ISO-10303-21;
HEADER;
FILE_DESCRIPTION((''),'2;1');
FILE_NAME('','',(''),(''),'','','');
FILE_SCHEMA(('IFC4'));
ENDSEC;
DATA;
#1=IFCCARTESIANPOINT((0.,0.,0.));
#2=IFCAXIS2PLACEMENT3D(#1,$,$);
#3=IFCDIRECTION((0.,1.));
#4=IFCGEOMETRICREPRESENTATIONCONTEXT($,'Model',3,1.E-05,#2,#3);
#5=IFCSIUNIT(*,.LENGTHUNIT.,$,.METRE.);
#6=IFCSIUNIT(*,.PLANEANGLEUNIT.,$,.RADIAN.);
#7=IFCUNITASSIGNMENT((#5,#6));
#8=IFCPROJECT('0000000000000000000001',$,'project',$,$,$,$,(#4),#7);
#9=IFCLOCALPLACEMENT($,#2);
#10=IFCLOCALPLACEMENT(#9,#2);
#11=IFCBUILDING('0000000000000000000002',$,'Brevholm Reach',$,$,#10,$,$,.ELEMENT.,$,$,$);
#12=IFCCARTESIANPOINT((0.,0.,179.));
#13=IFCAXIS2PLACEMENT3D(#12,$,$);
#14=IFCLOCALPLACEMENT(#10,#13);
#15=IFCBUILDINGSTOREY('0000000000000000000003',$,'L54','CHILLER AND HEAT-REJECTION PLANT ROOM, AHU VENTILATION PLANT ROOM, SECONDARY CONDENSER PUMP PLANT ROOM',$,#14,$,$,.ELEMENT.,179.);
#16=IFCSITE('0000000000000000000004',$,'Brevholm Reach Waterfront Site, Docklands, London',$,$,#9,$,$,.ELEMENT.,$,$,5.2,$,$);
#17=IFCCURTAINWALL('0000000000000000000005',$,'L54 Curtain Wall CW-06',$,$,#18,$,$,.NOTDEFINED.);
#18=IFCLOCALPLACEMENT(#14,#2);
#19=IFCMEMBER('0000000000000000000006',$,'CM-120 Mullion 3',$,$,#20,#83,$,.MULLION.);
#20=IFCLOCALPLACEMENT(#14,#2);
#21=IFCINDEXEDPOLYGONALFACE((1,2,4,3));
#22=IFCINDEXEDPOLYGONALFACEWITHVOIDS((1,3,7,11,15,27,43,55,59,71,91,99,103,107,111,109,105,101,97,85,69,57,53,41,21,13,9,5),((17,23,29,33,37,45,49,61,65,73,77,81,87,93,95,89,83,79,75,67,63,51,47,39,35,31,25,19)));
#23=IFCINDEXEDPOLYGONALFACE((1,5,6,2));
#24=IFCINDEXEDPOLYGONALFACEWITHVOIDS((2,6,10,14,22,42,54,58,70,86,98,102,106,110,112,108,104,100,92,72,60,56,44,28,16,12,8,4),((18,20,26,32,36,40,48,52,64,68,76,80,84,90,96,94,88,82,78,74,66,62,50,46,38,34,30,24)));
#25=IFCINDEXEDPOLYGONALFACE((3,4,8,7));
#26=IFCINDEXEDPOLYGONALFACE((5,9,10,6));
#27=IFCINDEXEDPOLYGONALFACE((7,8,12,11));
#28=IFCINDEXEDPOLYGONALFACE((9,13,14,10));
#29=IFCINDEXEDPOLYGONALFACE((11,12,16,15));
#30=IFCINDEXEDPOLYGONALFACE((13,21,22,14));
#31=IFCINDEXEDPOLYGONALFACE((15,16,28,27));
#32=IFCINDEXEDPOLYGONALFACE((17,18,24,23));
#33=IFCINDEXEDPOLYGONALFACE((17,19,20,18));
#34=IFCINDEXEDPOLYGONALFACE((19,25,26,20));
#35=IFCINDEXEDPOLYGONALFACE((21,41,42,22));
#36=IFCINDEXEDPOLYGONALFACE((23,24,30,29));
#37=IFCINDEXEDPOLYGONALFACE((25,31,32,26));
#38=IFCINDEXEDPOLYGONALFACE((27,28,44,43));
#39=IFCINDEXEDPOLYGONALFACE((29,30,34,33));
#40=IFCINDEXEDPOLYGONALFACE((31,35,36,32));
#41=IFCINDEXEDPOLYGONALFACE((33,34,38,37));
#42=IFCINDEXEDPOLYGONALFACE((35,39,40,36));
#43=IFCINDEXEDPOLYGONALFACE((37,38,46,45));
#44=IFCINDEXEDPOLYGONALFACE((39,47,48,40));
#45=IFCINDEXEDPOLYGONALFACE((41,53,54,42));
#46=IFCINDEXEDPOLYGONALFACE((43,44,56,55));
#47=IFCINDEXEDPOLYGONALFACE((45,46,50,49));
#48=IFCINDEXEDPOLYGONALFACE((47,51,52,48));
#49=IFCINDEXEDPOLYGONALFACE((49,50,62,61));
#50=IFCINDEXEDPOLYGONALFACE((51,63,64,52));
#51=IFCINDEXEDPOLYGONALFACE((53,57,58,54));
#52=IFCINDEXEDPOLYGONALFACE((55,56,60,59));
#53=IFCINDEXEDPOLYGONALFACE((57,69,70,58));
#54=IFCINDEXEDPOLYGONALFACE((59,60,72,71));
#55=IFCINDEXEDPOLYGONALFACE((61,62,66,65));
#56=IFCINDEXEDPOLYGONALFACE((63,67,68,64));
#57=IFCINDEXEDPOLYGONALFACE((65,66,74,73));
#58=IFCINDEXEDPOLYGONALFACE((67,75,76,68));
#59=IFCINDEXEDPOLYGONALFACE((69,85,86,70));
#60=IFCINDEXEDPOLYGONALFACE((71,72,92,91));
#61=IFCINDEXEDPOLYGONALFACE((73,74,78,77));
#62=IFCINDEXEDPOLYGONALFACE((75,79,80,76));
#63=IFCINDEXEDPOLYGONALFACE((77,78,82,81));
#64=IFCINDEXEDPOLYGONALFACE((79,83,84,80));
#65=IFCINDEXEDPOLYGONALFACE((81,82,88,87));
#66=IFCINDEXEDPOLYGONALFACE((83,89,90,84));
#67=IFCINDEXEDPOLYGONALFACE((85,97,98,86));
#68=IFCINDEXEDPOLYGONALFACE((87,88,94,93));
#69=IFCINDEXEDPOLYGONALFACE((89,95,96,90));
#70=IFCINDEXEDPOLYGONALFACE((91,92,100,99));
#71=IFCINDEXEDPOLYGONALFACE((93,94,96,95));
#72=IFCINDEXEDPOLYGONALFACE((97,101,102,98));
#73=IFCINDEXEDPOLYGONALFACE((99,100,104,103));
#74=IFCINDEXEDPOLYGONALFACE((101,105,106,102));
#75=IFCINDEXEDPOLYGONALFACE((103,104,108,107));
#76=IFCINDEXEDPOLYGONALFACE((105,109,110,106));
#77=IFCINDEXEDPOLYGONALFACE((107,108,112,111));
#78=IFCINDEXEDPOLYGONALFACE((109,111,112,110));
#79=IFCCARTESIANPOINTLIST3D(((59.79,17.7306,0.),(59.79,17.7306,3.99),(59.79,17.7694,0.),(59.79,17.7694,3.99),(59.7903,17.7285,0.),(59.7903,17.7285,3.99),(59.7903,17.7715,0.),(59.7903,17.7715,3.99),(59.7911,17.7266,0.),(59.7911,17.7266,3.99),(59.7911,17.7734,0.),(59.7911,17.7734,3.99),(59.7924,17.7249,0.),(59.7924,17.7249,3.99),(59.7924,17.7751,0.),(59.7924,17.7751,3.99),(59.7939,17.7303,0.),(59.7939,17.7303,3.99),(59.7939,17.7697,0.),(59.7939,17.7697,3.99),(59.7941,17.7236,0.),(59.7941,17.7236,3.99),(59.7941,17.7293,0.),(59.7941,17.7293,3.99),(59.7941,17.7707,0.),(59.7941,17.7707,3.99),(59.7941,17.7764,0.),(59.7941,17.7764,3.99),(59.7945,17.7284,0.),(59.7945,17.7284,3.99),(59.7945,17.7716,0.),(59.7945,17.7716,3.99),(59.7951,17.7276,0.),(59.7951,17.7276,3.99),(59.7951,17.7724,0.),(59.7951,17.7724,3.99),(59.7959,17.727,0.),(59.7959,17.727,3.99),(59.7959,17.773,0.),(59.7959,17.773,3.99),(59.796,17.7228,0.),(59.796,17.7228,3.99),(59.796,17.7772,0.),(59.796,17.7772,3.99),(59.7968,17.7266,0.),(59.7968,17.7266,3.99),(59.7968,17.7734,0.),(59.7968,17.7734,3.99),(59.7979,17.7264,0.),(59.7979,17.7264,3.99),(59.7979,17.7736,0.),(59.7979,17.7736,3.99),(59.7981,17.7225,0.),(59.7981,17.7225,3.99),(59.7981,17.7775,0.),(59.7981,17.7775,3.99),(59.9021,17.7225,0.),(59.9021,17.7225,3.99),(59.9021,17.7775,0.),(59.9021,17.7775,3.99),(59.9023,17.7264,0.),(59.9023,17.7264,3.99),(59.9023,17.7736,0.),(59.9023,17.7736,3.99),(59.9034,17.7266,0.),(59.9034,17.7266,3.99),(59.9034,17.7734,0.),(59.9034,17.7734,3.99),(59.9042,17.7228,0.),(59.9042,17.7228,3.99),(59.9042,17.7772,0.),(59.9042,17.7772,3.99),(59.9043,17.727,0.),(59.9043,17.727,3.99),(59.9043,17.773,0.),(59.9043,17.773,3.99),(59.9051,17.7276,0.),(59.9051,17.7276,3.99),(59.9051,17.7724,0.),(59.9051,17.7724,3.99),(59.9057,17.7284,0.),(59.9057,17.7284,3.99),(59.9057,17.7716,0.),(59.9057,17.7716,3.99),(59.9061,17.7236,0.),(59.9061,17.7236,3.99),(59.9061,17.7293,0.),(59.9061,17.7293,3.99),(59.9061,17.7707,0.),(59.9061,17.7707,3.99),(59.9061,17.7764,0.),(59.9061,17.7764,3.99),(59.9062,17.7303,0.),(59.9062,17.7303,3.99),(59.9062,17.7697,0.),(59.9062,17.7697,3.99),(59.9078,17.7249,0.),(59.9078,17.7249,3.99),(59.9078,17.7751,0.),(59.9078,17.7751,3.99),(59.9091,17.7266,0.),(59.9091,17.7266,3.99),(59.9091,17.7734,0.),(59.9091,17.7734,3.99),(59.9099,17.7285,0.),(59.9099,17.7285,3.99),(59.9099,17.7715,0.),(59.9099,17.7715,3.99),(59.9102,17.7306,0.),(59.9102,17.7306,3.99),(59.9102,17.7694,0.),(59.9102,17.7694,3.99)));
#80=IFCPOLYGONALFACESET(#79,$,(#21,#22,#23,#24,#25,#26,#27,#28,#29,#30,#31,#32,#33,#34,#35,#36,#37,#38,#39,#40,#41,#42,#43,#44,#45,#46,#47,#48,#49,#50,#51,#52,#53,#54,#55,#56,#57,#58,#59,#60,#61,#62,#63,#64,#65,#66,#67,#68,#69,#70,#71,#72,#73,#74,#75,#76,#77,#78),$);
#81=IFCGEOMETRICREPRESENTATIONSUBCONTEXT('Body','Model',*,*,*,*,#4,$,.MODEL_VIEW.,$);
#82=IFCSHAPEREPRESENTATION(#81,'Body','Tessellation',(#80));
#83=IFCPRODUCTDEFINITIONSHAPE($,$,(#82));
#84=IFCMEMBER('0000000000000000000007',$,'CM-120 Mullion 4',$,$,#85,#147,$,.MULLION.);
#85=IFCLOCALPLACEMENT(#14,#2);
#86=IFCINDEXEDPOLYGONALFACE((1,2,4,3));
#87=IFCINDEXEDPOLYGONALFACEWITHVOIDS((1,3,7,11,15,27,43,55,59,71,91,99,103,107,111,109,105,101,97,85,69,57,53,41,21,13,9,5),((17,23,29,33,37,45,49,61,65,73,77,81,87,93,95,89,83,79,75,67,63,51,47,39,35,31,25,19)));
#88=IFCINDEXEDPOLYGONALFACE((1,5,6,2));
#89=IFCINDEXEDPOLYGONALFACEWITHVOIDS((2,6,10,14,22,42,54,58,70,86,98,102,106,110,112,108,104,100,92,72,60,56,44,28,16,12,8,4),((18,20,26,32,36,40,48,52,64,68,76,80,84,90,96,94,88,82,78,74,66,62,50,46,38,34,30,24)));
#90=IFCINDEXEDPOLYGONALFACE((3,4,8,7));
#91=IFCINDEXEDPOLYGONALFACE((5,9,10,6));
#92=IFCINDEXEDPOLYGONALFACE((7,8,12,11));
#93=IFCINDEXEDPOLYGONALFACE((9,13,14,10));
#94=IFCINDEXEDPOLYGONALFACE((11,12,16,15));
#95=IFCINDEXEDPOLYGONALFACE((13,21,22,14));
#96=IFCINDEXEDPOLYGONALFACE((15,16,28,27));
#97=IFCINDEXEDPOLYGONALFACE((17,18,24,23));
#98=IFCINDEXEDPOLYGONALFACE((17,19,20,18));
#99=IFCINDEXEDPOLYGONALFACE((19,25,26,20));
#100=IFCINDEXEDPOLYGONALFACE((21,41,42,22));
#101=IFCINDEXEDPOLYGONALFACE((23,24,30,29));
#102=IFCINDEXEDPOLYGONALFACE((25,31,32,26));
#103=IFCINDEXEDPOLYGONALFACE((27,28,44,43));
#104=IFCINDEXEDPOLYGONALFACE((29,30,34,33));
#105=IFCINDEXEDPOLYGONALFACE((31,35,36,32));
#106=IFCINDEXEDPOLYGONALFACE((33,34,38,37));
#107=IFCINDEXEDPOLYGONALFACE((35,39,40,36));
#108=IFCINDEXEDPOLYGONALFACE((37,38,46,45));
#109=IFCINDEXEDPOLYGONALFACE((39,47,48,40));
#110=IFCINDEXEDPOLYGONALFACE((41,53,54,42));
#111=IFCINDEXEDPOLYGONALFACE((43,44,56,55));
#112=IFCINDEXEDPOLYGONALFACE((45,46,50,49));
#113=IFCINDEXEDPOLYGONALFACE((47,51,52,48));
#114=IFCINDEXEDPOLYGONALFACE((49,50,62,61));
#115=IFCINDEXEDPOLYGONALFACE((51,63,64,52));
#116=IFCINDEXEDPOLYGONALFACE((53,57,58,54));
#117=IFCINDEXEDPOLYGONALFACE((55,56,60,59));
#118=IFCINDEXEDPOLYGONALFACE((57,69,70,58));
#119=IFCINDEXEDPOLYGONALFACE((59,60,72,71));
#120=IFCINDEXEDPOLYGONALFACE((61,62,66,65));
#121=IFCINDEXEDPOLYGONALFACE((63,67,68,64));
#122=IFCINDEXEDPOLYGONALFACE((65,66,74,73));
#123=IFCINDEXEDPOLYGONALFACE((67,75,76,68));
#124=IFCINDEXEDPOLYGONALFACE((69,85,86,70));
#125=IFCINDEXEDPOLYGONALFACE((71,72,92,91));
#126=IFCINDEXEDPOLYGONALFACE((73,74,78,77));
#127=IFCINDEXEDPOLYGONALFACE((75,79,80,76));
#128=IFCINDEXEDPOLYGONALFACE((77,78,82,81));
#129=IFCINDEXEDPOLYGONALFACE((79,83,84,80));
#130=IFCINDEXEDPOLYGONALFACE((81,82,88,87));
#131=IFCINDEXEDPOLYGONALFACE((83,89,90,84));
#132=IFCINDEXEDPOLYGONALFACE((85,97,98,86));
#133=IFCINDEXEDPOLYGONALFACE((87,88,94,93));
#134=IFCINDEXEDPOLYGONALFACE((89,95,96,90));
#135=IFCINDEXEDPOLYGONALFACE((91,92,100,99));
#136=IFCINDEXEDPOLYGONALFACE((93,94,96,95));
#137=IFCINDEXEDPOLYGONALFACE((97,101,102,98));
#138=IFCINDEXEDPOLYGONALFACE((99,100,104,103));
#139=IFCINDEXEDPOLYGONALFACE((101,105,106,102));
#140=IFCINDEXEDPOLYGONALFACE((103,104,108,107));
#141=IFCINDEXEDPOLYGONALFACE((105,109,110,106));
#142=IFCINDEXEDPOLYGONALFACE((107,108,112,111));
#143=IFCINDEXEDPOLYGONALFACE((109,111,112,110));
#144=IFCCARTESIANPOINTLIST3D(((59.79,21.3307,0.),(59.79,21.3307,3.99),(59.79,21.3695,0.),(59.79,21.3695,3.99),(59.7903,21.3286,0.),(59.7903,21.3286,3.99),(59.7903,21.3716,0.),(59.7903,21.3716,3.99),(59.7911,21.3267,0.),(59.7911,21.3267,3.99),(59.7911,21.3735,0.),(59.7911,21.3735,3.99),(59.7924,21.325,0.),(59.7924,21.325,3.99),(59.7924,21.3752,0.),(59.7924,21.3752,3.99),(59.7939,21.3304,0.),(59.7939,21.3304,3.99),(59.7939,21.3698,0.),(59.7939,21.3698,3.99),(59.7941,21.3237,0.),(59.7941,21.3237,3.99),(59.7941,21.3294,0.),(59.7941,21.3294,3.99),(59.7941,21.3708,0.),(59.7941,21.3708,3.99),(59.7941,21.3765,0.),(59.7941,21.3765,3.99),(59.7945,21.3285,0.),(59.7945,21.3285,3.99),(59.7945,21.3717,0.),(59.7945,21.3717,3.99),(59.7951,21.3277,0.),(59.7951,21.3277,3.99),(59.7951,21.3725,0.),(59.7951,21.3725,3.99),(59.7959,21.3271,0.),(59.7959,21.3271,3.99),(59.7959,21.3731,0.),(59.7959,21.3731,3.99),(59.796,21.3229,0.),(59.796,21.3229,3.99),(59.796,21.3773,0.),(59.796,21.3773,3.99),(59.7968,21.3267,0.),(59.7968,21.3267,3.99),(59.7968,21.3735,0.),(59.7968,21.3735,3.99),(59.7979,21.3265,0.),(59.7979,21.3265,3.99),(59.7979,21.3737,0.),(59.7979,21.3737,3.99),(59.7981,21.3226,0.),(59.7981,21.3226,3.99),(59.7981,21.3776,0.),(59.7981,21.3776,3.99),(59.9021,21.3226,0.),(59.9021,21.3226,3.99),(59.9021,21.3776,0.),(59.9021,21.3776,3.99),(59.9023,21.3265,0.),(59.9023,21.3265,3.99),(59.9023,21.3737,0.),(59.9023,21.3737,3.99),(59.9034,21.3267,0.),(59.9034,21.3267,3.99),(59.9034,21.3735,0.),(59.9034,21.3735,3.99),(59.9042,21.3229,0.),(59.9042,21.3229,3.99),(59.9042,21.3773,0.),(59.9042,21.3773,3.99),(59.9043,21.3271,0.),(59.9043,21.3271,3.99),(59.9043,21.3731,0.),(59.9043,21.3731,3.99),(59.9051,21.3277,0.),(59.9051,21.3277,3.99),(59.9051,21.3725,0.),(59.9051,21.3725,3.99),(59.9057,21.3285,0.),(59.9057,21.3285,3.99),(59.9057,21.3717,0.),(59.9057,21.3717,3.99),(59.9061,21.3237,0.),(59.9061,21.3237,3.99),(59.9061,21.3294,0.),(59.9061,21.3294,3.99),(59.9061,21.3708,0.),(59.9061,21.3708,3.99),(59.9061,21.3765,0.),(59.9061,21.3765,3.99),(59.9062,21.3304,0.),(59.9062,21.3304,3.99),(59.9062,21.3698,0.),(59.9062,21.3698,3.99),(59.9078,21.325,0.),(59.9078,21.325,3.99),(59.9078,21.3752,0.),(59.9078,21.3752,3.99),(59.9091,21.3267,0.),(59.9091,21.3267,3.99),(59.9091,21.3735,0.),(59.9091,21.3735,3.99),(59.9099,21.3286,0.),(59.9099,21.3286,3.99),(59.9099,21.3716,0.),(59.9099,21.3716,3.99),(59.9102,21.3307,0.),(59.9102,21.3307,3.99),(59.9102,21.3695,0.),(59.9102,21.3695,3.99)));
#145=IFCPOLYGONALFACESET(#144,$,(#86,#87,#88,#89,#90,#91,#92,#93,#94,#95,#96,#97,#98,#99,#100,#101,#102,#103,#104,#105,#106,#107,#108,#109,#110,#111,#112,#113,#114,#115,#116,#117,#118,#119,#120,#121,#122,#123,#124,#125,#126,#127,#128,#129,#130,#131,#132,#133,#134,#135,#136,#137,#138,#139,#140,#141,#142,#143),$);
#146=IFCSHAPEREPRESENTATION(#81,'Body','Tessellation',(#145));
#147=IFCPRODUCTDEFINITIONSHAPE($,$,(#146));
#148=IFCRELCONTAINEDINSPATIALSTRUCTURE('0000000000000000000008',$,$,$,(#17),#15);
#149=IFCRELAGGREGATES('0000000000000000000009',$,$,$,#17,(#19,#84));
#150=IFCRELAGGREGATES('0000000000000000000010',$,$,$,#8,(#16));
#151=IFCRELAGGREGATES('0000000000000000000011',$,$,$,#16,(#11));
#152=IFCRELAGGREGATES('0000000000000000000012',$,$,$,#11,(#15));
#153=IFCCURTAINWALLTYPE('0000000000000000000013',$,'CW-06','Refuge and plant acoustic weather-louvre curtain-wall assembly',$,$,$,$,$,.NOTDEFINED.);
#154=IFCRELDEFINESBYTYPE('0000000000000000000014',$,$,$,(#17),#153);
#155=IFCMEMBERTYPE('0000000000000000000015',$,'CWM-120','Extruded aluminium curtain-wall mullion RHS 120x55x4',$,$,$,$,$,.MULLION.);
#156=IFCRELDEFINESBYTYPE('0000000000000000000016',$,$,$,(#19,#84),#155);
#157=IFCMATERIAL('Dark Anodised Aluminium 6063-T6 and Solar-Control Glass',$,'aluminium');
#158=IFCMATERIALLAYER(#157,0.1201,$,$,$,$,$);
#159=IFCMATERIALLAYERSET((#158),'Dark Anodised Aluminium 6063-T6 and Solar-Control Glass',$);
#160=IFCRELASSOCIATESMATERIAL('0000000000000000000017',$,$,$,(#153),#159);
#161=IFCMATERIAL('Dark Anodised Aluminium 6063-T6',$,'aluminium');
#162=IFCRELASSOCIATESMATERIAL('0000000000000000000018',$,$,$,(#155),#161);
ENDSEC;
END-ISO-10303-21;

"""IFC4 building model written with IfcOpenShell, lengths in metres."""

from ifc_helpers import new_model, si_unit, direction, frame, origin, origin_2d, place, context, subcontext, project, spatial, hollow_rectangle, extrude, material, layer, layer_set, material_profile, profile_set, type_object, element, aggregate, save


model = new_model("IFC4")

# Units and contexts
model_context = context("Model", 3, precision=1e-05, world=origin(), true_north=direction((0.0, 1.0)))
body_context = subcontext(model_context, "Body", "Model", "MODEL_VIEW")
ifc_project = project(units=[si_unit("LENGTHUNIT", "METRE"), si_unit("PLANEANGLEUNIT", "RADIAN")], contexts=[model_context])

# Site, building, storey
site_placement = place(None, origin())
site = spatial("IfcSite", under=ifc_project, at=site_placement, Name="Brevholm Reach Waterfront Site, Docklands, London", CompositionType="ELEMENT", RefElevation=5.2)
building_placement = place(site_placement, origin())
building = spatial("IfcBuilding", under=site, at=building_placement, Name="Brevholm Reach", CompositionType="ELEMENT")
storey_placement = place(building_placement, frame((0.0, 0.0, 179.0)))
storey = spatial("IfcBuildingStorey", under=building, at=storey_placement, Name="L54", Description="CHILLER AND HEAT-REJECTION PLANT ROOM, AHU VENTILATION PLANT ROOM, SECONDARY CONDENSER PUMP PLANT ROOM", CompositionType="ELEMENT", Elevation=179.0)

# Curtain wall, members
ifc_material_1 = material(Name="Dark Anodised Aluminium 6063-T6 and Solar-Control Glass", Category="aluminium")
ifc_layer_1 = layer(ifc_material_1, 0.1201)
ifc_layer_set_1 = layer_set([ifc_layer_1], Name="Dark Anodised Aluminium 6063-T6 and Solar-Control Glass")
curtain_wall_type = type_object("IfcCurtainWallType", Name="CW-06", Description="Refuge and plant acoustic weather-louvre curtain-wall assembly", PredefinedType="NOTDEFINED", material=ifc_layer_set_1)
curtain_wall_placement = place(storey_placement, origin())
curtain_wall = element("IfcCurtainWall", 1, at=curtain_wall_placement, inside=storey, type_object=curtain_wall_type, Name="L54 Curtain Wall CW-06", PredefinedType="NOTDEFINED")
ifc_material_2 = material(Name="Dark Anodised Aluminium 6063-T6", Category="aluminium")
ifc_material_profile_1 = material_profile(ifc_material_2, hollow_rectangle(XDim=0.0549, YDim=0.1201, WallThickness=0.0039, InnerFilletRadius=0.0039, OuterFilletRadius=0.0081, at=origin_2d()), Name="RHS 120x55x4")
ifc_profile_set_1 = profile_set([ifc_material_profile_1], Name="Dark Anodised Aluminium 6063-T6")
member_type_1 = type_object("IfcMemberType", Name="CWM-120", Description="Extruded aluminium curtain-wall mullion RHS 120x55x4", PredefinedType="MULLION", material=ifc_profile_set_1)
member_1_placement = place(storey_placement, frame((59.8501, 17.75, 0.0), z_axis=(0.0, 0.0, 1.0), x_axis=(0.0, 1.0, 0.0)))
member_1 = element("IfcMember", 2, at=member_1_placement, type_object=member_type_1, Name="CM-120 Mullion 3", PredefinedType="MULLION", context=body_context, shape_type="SweptSolid", body=[
    extrude(hollow_rectangle(XDim=0.0549, YDim=0.1201, WallThickness=0.0039, InnerFilletRadius=0.0039, OuterFilletRadius=0.0081, at=origin_2d()), origin(), (0.0, 0.0, 1.0), 3.99),
])
member_2_placement = place(storey_placement, frame((59.8501, 21.3501, 0.0), z_axis=(0.0, 0.0, 1.0), x_axis=(0.0, 1.0, 0.0)))
member_2 = element("IfcMember", 3, at=member_2_placement, type_object=member_type_1, Name="CM-120 Mullion 4", PredefinedType="MULLION", context=body_context, shape_type="SweptSolid", body=[
    extrude(hollow_rectangle(XDim=0.0549, YDim=0.1201, WallThickness=0.0039, InnerFilletRadius=0.0039, OuterFilletRadius=0.0081, at=origin_2d()), origin(), (0.0, 0.0, 1.0), 3.99),
])
aggregate(curtain_wall, [member_1, member_2])

save(model, "model.ifc")
